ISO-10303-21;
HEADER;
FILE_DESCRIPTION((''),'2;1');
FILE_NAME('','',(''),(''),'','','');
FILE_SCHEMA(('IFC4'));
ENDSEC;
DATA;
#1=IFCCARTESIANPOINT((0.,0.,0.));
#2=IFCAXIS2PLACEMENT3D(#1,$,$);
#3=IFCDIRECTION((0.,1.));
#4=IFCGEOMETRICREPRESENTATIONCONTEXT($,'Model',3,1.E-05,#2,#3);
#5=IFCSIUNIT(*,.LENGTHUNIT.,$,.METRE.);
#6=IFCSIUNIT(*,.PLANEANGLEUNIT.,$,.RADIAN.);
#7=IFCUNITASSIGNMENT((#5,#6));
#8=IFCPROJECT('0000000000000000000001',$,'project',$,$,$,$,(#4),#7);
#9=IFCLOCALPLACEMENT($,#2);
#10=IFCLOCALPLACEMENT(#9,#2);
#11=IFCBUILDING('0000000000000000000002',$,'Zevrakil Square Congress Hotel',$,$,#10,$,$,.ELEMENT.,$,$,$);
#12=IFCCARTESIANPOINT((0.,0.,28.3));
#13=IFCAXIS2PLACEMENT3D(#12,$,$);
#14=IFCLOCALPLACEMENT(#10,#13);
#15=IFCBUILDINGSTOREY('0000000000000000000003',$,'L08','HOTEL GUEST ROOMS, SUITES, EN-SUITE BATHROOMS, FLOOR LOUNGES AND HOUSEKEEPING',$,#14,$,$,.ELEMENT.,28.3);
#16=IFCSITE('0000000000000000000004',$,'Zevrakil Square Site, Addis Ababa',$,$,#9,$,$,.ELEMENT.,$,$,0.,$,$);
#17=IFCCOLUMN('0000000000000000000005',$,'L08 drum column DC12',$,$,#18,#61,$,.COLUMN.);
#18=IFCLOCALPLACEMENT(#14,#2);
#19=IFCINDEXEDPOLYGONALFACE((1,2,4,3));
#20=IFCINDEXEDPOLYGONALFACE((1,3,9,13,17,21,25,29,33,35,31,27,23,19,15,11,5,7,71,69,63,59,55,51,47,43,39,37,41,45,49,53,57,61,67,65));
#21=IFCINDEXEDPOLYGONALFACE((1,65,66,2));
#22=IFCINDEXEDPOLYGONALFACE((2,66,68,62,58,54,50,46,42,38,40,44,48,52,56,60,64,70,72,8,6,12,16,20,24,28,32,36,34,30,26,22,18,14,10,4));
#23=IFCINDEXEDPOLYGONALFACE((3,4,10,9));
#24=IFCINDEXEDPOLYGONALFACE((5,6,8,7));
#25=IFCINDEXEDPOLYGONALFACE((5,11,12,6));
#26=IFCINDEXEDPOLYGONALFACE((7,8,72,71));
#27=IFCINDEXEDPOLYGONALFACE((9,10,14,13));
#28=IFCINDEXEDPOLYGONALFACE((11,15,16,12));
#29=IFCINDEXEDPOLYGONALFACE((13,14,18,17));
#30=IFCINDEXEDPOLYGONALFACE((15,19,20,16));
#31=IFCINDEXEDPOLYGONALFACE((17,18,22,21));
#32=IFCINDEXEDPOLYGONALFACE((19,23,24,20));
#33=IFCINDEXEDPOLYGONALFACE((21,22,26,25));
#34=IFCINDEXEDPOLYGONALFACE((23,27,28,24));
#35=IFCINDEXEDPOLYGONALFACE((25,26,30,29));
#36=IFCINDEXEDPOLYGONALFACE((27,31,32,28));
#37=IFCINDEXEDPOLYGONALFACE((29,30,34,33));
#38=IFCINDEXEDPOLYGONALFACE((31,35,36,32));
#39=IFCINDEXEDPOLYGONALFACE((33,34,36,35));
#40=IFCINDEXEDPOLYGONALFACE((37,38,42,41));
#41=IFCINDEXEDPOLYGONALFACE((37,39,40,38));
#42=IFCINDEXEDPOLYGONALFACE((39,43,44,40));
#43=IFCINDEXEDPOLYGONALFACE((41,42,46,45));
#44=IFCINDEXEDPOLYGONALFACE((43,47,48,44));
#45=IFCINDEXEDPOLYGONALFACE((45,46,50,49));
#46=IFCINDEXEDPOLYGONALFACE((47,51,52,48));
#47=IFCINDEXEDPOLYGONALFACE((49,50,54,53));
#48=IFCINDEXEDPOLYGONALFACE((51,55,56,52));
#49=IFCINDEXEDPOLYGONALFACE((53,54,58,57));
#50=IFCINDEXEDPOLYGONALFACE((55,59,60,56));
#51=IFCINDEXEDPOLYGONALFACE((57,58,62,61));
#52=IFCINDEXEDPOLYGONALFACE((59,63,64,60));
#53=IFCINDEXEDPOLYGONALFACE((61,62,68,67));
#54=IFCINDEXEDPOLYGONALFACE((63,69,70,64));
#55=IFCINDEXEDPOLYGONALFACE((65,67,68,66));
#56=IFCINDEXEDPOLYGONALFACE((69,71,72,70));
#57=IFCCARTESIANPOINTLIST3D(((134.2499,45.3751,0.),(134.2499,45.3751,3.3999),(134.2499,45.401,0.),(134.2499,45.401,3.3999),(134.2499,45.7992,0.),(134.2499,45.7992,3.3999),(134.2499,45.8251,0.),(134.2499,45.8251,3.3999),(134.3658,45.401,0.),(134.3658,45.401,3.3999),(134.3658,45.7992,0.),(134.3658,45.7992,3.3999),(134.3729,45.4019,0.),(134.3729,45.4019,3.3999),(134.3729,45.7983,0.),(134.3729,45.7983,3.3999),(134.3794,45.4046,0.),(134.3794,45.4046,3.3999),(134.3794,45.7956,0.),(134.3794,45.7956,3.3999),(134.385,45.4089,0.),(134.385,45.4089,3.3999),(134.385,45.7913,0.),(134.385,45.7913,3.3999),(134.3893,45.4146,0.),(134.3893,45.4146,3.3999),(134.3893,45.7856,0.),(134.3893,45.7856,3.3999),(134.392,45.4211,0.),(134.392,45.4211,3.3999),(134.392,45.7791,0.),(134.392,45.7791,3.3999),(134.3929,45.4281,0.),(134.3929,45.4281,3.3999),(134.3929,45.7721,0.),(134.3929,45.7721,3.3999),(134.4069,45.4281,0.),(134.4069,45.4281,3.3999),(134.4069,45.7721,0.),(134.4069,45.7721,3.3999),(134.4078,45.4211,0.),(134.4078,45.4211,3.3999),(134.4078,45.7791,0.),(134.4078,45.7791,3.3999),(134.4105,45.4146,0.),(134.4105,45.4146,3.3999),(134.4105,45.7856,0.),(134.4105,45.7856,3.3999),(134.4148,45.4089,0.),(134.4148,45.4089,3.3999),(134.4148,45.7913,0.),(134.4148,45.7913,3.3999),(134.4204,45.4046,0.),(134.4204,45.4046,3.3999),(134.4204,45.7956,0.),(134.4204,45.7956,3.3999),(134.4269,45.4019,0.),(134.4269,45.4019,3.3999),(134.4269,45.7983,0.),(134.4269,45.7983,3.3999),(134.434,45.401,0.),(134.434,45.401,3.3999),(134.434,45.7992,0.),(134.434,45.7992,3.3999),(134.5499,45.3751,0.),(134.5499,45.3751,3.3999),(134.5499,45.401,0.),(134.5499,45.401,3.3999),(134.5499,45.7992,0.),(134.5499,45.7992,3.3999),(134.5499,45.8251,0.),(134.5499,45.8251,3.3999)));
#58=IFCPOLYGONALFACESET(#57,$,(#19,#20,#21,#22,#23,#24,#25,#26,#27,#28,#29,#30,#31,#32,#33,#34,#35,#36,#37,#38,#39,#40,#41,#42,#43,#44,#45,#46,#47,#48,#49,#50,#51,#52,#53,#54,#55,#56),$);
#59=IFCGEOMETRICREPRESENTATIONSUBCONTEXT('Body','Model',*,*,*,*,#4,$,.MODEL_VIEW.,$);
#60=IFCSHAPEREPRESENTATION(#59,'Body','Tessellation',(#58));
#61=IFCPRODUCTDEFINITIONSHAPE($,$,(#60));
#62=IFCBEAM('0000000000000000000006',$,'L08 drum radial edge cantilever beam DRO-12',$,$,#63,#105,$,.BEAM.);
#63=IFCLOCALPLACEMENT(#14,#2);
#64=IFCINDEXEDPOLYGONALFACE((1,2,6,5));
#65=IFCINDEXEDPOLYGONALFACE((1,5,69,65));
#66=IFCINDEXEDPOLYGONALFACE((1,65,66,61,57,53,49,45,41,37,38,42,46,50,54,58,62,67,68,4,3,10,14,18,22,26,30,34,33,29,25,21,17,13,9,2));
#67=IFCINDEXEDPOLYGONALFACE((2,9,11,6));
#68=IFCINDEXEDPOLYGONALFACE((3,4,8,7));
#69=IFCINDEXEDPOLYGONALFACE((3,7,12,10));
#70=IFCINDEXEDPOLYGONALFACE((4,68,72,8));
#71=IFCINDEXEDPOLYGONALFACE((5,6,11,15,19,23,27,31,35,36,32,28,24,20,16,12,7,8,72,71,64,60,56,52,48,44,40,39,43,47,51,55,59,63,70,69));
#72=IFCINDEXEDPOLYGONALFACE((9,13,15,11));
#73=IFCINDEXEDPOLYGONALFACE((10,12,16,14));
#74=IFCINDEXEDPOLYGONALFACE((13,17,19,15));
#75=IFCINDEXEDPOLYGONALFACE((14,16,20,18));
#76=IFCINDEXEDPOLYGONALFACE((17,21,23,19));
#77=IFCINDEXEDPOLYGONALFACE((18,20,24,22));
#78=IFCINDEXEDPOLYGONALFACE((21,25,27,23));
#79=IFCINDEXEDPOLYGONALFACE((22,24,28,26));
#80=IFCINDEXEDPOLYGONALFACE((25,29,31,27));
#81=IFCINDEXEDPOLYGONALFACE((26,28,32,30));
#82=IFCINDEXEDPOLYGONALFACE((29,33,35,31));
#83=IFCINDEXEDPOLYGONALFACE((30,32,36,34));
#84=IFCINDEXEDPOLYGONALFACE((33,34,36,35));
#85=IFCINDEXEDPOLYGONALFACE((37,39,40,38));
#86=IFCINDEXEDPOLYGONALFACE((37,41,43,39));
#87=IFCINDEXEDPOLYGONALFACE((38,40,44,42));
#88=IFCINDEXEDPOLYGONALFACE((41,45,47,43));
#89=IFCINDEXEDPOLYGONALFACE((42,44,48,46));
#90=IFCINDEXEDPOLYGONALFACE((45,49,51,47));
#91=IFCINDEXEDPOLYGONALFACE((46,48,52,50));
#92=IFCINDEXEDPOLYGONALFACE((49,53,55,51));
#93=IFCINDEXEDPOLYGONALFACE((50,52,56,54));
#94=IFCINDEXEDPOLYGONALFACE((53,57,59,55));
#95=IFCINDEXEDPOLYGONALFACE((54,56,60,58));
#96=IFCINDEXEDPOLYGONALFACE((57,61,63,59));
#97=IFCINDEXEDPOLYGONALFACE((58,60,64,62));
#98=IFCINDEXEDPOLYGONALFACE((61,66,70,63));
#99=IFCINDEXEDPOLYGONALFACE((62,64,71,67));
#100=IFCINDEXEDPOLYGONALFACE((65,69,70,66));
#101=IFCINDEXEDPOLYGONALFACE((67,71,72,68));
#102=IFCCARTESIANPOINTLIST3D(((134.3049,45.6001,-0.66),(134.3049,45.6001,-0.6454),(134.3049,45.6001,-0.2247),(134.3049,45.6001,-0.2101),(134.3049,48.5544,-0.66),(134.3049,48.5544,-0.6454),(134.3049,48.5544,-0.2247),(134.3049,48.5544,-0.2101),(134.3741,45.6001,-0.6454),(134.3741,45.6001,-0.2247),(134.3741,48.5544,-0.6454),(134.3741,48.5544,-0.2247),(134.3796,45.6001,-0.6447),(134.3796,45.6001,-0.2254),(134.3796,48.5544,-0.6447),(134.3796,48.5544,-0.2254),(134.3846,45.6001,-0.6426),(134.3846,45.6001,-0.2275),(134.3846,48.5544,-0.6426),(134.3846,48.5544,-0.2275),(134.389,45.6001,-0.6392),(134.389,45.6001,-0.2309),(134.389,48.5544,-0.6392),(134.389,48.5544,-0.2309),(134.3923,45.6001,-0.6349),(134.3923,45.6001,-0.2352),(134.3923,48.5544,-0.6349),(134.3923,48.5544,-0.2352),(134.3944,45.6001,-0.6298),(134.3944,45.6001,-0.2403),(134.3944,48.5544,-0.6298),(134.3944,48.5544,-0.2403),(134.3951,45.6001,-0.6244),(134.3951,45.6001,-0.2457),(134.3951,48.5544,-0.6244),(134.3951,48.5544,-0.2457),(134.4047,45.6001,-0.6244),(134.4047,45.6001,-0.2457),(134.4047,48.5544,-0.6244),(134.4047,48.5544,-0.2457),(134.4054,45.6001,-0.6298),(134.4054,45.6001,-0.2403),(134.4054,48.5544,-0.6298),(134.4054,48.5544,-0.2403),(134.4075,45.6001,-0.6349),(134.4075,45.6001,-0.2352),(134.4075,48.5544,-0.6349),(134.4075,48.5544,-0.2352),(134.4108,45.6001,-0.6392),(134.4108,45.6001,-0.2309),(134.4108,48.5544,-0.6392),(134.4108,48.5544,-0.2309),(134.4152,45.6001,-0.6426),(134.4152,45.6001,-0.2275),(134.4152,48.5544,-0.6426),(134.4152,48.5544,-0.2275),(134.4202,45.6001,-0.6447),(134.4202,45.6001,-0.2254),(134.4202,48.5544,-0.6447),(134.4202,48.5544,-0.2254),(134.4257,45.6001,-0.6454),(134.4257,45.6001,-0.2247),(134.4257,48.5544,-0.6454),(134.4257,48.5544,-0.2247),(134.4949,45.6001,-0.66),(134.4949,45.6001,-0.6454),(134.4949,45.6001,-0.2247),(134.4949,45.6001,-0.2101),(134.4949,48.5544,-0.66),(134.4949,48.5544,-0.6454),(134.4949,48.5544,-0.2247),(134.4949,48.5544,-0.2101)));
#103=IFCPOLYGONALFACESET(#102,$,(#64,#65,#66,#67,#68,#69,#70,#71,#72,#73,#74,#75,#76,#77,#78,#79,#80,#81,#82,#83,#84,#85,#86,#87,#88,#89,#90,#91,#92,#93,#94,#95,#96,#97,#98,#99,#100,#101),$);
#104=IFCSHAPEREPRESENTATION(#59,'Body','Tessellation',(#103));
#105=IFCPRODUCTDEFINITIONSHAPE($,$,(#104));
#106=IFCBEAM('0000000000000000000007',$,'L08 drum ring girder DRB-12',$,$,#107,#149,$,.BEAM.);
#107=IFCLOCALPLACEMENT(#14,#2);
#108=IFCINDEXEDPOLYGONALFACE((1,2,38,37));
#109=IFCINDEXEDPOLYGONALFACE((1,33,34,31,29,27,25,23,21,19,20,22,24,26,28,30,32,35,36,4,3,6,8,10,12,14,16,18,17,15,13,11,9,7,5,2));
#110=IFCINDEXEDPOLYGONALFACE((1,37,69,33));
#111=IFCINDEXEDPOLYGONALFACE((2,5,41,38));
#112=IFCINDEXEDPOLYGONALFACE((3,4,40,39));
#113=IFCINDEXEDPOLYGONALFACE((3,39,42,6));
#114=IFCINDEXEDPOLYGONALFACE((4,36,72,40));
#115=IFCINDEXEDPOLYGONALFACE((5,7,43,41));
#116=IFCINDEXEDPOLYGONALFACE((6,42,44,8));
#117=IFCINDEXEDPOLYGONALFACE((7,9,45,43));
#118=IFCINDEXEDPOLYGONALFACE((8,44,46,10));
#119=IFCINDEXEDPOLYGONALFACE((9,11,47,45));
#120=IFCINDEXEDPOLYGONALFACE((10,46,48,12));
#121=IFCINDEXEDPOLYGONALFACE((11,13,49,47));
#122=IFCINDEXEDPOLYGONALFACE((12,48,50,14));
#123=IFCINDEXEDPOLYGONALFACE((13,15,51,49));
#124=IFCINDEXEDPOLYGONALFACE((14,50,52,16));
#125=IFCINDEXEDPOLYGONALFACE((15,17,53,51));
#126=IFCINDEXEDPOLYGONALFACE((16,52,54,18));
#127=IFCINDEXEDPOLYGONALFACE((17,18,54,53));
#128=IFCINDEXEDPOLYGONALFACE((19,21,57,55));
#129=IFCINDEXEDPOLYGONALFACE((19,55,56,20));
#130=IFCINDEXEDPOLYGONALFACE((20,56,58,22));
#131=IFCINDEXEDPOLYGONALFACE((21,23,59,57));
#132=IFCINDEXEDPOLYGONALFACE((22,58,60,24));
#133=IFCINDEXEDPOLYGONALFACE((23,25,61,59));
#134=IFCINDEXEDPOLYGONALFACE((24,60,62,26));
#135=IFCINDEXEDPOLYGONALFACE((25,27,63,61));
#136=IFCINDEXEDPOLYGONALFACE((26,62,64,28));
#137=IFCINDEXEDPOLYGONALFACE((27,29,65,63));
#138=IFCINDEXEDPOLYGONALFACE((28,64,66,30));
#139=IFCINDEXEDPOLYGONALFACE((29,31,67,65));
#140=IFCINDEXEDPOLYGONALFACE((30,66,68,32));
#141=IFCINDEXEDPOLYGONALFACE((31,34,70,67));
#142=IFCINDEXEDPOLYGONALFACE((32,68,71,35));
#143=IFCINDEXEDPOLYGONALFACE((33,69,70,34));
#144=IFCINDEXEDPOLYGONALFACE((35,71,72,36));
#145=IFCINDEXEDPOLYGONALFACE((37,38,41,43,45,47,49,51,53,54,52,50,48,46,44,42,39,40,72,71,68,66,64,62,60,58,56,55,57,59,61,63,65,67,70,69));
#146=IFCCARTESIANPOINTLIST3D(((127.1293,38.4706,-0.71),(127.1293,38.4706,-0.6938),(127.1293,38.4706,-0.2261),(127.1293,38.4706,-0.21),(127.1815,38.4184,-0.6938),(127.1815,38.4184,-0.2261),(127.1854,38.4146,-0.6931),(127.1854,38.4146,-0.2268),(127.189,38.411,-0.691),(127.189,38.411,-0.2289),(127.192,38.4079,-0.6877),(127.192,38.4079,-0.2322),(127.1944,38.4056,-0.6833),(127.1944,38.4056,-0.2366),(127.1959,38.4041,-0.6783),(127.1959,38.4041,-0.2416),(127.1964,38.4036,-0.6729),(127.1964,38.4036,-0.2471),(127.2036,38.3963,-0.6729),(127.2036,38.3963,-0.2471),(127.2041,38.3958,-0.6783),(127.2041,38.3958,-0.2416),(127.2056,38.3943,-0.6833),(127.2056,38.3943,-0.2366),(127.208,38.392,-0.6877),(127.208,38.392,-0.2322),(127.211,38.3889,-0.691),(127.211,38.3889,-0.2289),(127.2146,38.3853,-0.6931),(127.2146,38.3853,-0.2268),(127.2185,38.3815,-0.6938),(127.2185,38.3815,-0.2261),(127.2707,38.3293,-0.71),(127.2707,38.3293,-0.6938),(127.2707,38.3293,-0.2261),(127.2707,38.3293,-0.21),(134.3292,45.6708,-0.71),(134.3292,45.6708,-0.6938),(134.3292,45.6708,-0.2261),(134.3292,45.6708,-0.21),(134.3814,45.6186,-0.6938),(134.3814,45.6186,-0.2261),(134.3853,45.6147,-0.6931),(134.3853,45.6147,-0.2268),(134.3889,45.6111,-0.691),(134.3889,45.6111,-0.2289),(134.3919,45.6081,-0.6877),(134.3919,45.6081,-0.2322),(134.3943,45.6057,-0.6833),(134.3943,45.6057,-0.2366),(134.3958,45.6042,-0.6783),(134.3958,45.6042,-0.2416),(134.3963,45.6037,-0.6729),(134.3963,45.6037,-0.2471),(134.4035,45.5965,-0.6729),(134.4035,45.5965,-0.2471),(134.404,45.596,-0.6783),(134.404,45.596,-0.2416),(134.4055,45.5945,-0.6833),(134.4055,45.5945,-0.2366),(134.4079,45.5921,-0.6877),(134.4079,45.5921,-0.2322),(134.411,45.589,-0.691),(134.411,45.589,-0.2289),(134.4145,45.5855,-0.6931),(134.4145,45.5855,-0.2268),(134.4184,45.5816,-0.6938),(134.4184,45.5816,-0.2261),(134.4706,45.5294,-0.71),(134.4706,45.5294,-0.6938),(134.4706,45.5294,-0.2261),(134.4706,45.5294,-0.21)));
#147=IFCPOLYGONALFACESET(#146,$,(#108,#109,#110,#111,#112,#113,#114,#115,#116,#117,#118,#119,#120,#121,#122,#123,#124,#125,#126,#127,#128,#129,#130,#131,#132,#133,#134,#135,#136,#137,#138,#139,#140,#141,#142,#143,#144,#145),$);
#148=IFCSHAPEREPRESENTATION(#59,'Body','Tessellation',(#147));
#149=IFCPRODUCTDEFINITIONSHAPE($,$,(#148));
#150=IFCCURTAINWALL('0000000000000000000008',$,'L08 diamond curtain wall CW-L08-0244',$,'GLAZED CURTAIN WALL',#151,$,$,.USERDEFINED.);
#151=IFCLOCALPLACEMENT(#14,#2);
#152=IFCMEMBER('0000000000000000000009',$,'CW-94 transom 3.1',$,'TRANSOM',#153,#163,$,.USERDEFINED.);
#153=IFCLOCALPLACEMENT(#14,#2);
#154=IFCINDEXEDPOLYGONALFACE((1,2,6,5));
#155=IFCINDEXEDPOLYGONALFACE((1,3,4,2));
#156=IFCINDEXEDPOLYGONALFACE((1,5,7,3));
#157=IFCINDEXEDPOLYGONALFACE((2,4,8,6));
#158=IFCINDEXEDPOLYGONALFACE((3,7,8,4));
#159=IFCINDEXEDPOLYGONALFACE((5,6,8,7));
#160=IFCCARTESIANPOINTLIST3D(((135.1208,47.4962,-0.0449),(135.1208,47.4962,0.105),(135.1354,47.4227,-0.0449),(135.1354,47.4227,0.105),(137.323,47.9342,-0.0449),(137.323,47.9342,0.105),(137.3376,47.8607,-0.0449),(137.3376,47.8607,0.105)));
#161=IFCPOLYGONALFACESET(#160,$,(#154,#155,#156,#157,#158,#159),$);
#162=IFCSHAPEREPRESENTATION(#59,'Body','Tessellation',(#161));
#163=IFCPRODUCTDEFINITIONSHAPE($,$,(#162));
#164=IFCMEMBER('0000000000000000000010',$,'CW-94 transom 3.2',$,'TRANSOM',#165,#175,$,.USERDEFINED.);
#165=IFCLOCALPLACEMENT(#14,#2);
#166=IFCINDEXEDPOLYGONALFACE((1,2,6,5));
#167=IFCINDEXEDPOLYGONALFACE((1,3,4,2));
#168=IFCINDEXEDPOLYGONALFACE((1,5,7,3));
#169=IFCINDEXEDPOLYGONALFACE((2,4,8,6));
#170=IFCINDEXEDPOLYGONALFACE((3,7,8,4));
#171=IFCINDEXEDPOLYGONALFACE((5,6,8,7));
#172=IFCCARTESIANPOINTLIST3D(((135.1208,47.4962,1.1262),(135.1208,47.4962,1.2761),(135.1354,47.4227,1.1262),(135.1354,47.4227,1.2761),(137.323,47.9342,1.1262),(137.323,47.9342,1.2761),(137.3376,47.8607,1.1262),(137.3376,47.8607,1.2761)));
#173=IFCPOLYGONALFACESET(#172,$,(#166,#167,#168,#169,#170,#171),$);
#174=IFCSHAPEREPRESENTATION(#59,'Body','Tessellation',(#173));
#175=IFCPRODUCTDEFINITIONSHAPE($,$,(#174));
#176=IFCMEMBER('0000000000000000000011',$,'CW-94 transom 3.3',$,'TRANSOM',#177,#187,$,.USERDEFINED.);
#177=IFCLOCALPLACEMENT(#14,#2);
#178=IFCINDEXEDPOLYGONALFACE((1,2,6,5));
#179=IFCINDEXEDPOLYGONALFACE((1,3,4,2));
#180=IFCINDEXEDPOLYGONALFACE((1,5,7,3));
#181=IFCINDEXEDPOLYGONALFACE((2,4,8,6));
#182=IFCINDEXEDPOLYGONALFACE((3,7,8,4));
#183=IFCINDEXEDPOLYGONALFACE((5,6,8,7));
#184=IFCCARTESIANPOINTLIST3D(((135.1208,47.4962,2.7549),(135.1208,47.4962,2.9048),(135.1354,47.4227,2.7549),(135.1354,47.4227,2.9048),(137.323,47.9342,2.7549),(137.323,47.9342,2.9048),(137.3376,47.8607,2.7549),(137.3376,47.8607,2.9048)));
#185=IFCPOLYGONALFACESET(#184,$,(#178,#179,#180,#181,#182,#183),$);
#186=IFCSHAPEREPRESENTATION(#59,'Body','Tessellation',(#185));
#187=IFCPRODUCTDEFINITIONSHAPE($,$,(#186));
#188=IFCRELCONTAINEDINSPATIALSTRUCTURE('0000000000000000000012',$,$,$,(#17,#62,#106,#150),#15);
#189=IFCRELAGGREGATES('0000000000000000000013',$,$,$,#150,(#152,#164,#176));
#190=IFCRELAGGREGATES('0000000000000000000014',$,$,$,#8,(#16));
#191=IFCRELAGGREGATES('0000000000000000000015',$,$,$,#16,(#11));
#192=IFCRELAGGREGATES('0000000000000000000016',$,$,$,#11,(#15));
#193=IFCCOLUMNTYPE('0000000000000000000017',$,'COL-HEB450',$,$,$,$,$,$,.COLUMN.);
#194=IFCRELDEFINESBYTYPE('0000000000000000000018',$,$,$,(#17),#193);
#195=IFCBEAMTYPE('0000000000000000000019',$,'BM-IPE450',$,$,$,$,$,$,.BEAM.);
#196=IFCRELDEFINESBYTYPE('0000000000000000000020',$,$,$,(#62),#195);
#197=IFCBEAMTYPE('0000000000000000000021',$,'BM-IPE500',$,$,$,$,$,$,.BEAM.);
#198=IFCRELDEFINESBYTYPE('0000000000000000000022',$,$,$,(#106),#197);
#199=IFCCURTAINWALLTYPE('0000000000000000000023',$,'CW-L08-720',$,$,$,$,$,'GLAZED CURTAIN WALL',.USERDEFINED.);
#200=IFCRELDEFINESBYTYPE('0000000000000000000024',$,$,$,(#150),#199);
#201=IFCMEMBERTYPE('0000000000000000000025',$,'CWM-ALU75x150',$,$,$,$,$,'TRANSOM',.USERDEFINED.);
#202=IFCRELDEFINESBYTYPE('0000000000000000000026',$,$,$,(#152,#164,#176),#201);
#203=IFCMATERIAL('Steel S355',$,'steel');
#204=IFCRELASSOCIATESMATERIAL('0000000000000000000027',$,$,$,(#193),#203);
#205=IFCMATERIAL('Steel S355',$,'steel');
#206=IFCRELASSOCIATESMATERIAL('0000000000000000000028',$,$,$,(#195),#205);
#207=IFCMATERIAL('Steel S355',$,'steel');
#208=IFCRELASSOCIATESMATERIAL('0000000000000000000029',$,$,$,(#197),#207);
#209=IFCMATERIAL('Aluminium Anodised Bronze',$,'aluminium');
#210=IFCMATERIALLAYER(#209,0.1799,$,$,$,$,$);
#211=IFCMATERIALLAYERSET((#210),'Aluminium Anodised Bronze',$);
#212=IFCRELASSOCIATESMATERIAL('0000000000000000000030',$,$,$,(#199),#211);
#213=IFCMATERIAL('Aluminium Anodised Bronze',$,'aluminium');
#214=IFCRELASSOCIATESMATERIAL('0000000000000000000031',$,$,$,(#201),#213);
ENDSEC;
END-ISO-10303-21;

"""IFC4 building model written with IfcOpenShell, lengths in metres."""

from ifc_helpers import new_model, si_unit, direction, frame, origin, origin_2d, place, context, subcontext, project, spatial, rectangle, i_section, extrude, material, layer, layer_set, material_profile, profile_set, type_object, element, aggregate, save


model = new_model("IFC4")

# Units and contexts
model_context = context("Model", 3, precision=1e-05, world=origin(), true_north=direction((0.0, 1.0)))
body_context = subcontext(model_context, "Body", "Model", "MODEL_VIEW")
ifc_project = project(units=[si_unit("LENGTHUNIT", "METRE"), si_unit("PLANEANGLEUNIT", "RADIAN")], contexts=[model_context])

# Site, building, storey
site_placement = place(None, origin())
site = spatial("IfcSite", under=ifc_project, at=site_placement, Name="Zevrakil Square Site, Addis Ababa", CompositionType="ELEMENT", RefElevation=0.0)
building_placement = place(site_placement, origin())
building = spatial("IfcBuilding", under=site, at=building_placement, Name="Zevrakil Square Congress Hotel", CompositionType="ELEMENT")
storey_placement = place(building_placement, frame((0.0, 0.0, 28.3)))
storey = spatial("IfcBuildingStorey", under=building, at=storey_placement, Name="L08", Description="HOTEL GUEST ROOMS, SUITES, EN-SUITE BATHROOMS, FLOOR LOUNGES AND HOUSEKEEPING", CompositionType="ELEMENT", Elevation=28.3)

# Column
ifc_material_1 = material(Name="Steel S355", Category="steel")
ifc_material_profile_1 = material_profile(ifc_material_1, i_section(OverallWidth=0.3, OverallDepth=0.45, WebThickness=0.0139, FlangeThickness=0.0259, FilletRadius=0.0271, at=origin_2d()), Name="HEB 450")
ifc_profile_set_1 = profile_set([ifc_material_profile_1], Name="Steel S355")
column_type = type_object("IfcColumnType", Name="COL-HEB450", PredefinedType="COLUMN", material=ifc_profile_set_1)
column_placement = place(storey_placement, frame((134.3999, 45.6001, 0.0), z_axis=(0.0, 0.0, 1.0), x_axis=(1.0, 0.0, 0.0)))
element("IfcColumn", 1, at=column_placement, inside=storey, type_object=column_type, Name="L08 drum column DC12", PredefinedType="COLUMN", context=body_context, shape_type="SweptSolid", body=[
    extrude(i_section(OverallWidth=0.3, OverallDepth=0.45, WebThickness=0.0139, FlangeThickness=0.0259, FilletRadius=0.0271, at=origin_2d()), origin(), (0.0, 0.0, 1.0), 3.3999),
])

# Beams
ifc_material_2 = material(Name="Steel S355", Category="steel")
ifc_material_profile_2 = material_profile(ifc_material_2, i_section(OverallWidth=0.1899, OverallDepth=0.45, WebThickness=0.0095, FlangeThickness=0.0146, FilletRadius=0.021, at=origin_2d()), Name="IPE 450")
ifc_profile_set_2 = profile_set([ifc_material_profile_2], Name="Steel S355")
beam_type_1 = type_object("IfcBeamType", Name="BM-IPE450", PredefinedType="BEAM", material=ifc_profile_set_2)
beam_1_placement = place(storey_placement, frame((134.3999, 45.6001, -0.4351), z_axis=(0.0, 1.0, 0.0), x_axis=(-1.0, 0.0, 0.0)))
element("IfcBeam", 2, at=beam_1_placement, inside=storey, type_object=beam_type_1, Name="L08 drum radial edge cantilever beam DRO-12", PredefinedType="BEAM", context=body_context, shape_type="SweptSolid", body=[
    extrude(i_section(OverallWidth=0.1899, OverallDepth=0.45, WebThickness=0.0095, FlangeThickness=0.0146, FilletRadius=0.021, at=origin_2d()), origin(), (0.0, 0.0, 1.0), 2.9543),
])
ifc_material_3 = material(Name="Steel S355", Category="steel")
ifc_material_profile_3 = material_profile(ifc_material_3, i_section(OverallWidth=0.2, OverallDepth=0.5, WebThickness=0.0103, FlangeThickness=0.0161, FilletRadius=0.021, at=origin_2d()), Name="IPE 500")
ifc_profile_set_3 = profile_set([ifc_material_profile_3], Name="Steel S355")
beam_type_2 = type_object("IfcBeamType", Name="BM-IPE500", PredefinedType="BEAM", material=ifc_profile_set_3)
beam_2_placement = place(storey_placement, frame((134.3999, 45.6001, -0.46), z_axis=(-0.707095, -0.707119, 0.0), x_axis=(0.707119, -0.707095, 0.0)))
element("IfcBeam", 3, at=beam_2_placement, inside=storey, type_object=beam_type_2, Name="L08 drum ring girder DRB-12", PredefinedType="BEAM", context=body_context, shape_type="SweptSolid", body=[
    extrude(i_section(OverallWidth=0.2, OverallDepth=0.5, WebThickness=0.0103, FlangeThickness=0.0161, FilletRadius=0.021, at=origin_2d()), origin(), (0.0, 0.0, 1.0), 10.1824),
])

# Curtain wall, members
ifc_material_4 = material(Name="Aluminium Anodised Bronze", Category="aluminium")
ifc_layer_1 = layer(ifc_material_4, 0.1799)
ifc_layer_set_1 = layer_set([ifc_layer_1], Name="Aluminium Anodised Bronze")
curtain_wall_type = type_object("IfcCurtainWallType", Name="CW-L08-720", ElementType="GLAZED CURTAIN WALL", PredefinedType="USERDEFINED", material=ifc_layer_set_1)
curtain_wall_1_placement = place(storey_placement, origin())
curtain_wall_1 = element("IfcCurtainWall", 4, at=curtain_wall_1_placement, inside=storey, type_object=curtain_wall_type, Name="L08 diamond curtain wall CW-L08-0244", ObjectType="GLAZED CURTAIN WALL", PredefinedType="USERDEFINED")
ifc_material_5 = material(Name="Aluminium Anodised Bronze", Category="aluminium")
ifc_material_profile_4 = material_profile(ifc_material_5, rectangle(XDim=0.075, YDim=0.1499, at=origin_2d()), Name="ALU 75x150")
ifc_profile_set_4 = profile_set([ifc_material_profile_4], Name="Aluminium Anodised Bronze")
member_type_1 = type_object("IfcMemberType", Name="CWM-ALU75x150", ElementType="TRANSOM", PredefinedType="USERDEFINED", material=ifc_profile_set_4)
member_1_placement = place(storey_placement, frame((137.3303, 47.8975, 0.03), z_axis=(-0.980789, -0.19507, 0.0), x_axis=(0.19507, -0.980789, 0.0)))
member_1 = element("IfcMember", 5, at=member_1_placement, type_object=member_type_1, Name="CW-94 transom 3.1", ObjectType="TRANSOM", PredefinedType="USERDEFINED", context=body_context, shape_type="SweptSolid", body=[
    extrude(rectangle(XDim=0.075, YDim=0.1499, at=origin_2d()), origin(), (0.0, 0.0, 1.0), 2.2454),
])
member_2_placement = place(storey_placement, frame((137.3303, 47.8975, 1.2012), z_axis=(-0.980789, -0.19507, 0.0), x_axis=(0.19507, -0.980789, 0.0)))
member_2 = element("IfcMember", 6, at=member_2_placement, type_object=member_type_1, Name="CW-94 transom 3.2", ObjectType="TRANSOM", PredefinedType="USERDEFINED", context=body_context, shape_type="SweptSolid", body=[
    extrude(rectangle(XDim=0.075, YDim=0.1499, at=origin_2d()), origin(), (0.0, 0.0, 1.0), 2.2454),
])
member_3_placement = place(storey_placement, frame((137.3303, 47.8975, 2.8298), z_axis=(-0.980789, -0.19507, 0.0), x_axis=(0.19507, -0.980789, 0.0)))
member_3 = element("IfcMember", 7, at=member_3_placement, type_object=member_type_1, Name="CW-94 transom 3.3", ObjectType="TRANSOM", PredefinedType="USERDEFINED", context=body_context, shape_type="SweptSolid", body=[
    extrude(rectangle(XDim=0.075, YDim=0.1499, at=origin_2d()), origin(), (0.0, 0.0, 1.0), 2.2454),
])

aggregate(curtain_wall_1, [member_1, member_2, member_3])

save(model, "model.ifc")
